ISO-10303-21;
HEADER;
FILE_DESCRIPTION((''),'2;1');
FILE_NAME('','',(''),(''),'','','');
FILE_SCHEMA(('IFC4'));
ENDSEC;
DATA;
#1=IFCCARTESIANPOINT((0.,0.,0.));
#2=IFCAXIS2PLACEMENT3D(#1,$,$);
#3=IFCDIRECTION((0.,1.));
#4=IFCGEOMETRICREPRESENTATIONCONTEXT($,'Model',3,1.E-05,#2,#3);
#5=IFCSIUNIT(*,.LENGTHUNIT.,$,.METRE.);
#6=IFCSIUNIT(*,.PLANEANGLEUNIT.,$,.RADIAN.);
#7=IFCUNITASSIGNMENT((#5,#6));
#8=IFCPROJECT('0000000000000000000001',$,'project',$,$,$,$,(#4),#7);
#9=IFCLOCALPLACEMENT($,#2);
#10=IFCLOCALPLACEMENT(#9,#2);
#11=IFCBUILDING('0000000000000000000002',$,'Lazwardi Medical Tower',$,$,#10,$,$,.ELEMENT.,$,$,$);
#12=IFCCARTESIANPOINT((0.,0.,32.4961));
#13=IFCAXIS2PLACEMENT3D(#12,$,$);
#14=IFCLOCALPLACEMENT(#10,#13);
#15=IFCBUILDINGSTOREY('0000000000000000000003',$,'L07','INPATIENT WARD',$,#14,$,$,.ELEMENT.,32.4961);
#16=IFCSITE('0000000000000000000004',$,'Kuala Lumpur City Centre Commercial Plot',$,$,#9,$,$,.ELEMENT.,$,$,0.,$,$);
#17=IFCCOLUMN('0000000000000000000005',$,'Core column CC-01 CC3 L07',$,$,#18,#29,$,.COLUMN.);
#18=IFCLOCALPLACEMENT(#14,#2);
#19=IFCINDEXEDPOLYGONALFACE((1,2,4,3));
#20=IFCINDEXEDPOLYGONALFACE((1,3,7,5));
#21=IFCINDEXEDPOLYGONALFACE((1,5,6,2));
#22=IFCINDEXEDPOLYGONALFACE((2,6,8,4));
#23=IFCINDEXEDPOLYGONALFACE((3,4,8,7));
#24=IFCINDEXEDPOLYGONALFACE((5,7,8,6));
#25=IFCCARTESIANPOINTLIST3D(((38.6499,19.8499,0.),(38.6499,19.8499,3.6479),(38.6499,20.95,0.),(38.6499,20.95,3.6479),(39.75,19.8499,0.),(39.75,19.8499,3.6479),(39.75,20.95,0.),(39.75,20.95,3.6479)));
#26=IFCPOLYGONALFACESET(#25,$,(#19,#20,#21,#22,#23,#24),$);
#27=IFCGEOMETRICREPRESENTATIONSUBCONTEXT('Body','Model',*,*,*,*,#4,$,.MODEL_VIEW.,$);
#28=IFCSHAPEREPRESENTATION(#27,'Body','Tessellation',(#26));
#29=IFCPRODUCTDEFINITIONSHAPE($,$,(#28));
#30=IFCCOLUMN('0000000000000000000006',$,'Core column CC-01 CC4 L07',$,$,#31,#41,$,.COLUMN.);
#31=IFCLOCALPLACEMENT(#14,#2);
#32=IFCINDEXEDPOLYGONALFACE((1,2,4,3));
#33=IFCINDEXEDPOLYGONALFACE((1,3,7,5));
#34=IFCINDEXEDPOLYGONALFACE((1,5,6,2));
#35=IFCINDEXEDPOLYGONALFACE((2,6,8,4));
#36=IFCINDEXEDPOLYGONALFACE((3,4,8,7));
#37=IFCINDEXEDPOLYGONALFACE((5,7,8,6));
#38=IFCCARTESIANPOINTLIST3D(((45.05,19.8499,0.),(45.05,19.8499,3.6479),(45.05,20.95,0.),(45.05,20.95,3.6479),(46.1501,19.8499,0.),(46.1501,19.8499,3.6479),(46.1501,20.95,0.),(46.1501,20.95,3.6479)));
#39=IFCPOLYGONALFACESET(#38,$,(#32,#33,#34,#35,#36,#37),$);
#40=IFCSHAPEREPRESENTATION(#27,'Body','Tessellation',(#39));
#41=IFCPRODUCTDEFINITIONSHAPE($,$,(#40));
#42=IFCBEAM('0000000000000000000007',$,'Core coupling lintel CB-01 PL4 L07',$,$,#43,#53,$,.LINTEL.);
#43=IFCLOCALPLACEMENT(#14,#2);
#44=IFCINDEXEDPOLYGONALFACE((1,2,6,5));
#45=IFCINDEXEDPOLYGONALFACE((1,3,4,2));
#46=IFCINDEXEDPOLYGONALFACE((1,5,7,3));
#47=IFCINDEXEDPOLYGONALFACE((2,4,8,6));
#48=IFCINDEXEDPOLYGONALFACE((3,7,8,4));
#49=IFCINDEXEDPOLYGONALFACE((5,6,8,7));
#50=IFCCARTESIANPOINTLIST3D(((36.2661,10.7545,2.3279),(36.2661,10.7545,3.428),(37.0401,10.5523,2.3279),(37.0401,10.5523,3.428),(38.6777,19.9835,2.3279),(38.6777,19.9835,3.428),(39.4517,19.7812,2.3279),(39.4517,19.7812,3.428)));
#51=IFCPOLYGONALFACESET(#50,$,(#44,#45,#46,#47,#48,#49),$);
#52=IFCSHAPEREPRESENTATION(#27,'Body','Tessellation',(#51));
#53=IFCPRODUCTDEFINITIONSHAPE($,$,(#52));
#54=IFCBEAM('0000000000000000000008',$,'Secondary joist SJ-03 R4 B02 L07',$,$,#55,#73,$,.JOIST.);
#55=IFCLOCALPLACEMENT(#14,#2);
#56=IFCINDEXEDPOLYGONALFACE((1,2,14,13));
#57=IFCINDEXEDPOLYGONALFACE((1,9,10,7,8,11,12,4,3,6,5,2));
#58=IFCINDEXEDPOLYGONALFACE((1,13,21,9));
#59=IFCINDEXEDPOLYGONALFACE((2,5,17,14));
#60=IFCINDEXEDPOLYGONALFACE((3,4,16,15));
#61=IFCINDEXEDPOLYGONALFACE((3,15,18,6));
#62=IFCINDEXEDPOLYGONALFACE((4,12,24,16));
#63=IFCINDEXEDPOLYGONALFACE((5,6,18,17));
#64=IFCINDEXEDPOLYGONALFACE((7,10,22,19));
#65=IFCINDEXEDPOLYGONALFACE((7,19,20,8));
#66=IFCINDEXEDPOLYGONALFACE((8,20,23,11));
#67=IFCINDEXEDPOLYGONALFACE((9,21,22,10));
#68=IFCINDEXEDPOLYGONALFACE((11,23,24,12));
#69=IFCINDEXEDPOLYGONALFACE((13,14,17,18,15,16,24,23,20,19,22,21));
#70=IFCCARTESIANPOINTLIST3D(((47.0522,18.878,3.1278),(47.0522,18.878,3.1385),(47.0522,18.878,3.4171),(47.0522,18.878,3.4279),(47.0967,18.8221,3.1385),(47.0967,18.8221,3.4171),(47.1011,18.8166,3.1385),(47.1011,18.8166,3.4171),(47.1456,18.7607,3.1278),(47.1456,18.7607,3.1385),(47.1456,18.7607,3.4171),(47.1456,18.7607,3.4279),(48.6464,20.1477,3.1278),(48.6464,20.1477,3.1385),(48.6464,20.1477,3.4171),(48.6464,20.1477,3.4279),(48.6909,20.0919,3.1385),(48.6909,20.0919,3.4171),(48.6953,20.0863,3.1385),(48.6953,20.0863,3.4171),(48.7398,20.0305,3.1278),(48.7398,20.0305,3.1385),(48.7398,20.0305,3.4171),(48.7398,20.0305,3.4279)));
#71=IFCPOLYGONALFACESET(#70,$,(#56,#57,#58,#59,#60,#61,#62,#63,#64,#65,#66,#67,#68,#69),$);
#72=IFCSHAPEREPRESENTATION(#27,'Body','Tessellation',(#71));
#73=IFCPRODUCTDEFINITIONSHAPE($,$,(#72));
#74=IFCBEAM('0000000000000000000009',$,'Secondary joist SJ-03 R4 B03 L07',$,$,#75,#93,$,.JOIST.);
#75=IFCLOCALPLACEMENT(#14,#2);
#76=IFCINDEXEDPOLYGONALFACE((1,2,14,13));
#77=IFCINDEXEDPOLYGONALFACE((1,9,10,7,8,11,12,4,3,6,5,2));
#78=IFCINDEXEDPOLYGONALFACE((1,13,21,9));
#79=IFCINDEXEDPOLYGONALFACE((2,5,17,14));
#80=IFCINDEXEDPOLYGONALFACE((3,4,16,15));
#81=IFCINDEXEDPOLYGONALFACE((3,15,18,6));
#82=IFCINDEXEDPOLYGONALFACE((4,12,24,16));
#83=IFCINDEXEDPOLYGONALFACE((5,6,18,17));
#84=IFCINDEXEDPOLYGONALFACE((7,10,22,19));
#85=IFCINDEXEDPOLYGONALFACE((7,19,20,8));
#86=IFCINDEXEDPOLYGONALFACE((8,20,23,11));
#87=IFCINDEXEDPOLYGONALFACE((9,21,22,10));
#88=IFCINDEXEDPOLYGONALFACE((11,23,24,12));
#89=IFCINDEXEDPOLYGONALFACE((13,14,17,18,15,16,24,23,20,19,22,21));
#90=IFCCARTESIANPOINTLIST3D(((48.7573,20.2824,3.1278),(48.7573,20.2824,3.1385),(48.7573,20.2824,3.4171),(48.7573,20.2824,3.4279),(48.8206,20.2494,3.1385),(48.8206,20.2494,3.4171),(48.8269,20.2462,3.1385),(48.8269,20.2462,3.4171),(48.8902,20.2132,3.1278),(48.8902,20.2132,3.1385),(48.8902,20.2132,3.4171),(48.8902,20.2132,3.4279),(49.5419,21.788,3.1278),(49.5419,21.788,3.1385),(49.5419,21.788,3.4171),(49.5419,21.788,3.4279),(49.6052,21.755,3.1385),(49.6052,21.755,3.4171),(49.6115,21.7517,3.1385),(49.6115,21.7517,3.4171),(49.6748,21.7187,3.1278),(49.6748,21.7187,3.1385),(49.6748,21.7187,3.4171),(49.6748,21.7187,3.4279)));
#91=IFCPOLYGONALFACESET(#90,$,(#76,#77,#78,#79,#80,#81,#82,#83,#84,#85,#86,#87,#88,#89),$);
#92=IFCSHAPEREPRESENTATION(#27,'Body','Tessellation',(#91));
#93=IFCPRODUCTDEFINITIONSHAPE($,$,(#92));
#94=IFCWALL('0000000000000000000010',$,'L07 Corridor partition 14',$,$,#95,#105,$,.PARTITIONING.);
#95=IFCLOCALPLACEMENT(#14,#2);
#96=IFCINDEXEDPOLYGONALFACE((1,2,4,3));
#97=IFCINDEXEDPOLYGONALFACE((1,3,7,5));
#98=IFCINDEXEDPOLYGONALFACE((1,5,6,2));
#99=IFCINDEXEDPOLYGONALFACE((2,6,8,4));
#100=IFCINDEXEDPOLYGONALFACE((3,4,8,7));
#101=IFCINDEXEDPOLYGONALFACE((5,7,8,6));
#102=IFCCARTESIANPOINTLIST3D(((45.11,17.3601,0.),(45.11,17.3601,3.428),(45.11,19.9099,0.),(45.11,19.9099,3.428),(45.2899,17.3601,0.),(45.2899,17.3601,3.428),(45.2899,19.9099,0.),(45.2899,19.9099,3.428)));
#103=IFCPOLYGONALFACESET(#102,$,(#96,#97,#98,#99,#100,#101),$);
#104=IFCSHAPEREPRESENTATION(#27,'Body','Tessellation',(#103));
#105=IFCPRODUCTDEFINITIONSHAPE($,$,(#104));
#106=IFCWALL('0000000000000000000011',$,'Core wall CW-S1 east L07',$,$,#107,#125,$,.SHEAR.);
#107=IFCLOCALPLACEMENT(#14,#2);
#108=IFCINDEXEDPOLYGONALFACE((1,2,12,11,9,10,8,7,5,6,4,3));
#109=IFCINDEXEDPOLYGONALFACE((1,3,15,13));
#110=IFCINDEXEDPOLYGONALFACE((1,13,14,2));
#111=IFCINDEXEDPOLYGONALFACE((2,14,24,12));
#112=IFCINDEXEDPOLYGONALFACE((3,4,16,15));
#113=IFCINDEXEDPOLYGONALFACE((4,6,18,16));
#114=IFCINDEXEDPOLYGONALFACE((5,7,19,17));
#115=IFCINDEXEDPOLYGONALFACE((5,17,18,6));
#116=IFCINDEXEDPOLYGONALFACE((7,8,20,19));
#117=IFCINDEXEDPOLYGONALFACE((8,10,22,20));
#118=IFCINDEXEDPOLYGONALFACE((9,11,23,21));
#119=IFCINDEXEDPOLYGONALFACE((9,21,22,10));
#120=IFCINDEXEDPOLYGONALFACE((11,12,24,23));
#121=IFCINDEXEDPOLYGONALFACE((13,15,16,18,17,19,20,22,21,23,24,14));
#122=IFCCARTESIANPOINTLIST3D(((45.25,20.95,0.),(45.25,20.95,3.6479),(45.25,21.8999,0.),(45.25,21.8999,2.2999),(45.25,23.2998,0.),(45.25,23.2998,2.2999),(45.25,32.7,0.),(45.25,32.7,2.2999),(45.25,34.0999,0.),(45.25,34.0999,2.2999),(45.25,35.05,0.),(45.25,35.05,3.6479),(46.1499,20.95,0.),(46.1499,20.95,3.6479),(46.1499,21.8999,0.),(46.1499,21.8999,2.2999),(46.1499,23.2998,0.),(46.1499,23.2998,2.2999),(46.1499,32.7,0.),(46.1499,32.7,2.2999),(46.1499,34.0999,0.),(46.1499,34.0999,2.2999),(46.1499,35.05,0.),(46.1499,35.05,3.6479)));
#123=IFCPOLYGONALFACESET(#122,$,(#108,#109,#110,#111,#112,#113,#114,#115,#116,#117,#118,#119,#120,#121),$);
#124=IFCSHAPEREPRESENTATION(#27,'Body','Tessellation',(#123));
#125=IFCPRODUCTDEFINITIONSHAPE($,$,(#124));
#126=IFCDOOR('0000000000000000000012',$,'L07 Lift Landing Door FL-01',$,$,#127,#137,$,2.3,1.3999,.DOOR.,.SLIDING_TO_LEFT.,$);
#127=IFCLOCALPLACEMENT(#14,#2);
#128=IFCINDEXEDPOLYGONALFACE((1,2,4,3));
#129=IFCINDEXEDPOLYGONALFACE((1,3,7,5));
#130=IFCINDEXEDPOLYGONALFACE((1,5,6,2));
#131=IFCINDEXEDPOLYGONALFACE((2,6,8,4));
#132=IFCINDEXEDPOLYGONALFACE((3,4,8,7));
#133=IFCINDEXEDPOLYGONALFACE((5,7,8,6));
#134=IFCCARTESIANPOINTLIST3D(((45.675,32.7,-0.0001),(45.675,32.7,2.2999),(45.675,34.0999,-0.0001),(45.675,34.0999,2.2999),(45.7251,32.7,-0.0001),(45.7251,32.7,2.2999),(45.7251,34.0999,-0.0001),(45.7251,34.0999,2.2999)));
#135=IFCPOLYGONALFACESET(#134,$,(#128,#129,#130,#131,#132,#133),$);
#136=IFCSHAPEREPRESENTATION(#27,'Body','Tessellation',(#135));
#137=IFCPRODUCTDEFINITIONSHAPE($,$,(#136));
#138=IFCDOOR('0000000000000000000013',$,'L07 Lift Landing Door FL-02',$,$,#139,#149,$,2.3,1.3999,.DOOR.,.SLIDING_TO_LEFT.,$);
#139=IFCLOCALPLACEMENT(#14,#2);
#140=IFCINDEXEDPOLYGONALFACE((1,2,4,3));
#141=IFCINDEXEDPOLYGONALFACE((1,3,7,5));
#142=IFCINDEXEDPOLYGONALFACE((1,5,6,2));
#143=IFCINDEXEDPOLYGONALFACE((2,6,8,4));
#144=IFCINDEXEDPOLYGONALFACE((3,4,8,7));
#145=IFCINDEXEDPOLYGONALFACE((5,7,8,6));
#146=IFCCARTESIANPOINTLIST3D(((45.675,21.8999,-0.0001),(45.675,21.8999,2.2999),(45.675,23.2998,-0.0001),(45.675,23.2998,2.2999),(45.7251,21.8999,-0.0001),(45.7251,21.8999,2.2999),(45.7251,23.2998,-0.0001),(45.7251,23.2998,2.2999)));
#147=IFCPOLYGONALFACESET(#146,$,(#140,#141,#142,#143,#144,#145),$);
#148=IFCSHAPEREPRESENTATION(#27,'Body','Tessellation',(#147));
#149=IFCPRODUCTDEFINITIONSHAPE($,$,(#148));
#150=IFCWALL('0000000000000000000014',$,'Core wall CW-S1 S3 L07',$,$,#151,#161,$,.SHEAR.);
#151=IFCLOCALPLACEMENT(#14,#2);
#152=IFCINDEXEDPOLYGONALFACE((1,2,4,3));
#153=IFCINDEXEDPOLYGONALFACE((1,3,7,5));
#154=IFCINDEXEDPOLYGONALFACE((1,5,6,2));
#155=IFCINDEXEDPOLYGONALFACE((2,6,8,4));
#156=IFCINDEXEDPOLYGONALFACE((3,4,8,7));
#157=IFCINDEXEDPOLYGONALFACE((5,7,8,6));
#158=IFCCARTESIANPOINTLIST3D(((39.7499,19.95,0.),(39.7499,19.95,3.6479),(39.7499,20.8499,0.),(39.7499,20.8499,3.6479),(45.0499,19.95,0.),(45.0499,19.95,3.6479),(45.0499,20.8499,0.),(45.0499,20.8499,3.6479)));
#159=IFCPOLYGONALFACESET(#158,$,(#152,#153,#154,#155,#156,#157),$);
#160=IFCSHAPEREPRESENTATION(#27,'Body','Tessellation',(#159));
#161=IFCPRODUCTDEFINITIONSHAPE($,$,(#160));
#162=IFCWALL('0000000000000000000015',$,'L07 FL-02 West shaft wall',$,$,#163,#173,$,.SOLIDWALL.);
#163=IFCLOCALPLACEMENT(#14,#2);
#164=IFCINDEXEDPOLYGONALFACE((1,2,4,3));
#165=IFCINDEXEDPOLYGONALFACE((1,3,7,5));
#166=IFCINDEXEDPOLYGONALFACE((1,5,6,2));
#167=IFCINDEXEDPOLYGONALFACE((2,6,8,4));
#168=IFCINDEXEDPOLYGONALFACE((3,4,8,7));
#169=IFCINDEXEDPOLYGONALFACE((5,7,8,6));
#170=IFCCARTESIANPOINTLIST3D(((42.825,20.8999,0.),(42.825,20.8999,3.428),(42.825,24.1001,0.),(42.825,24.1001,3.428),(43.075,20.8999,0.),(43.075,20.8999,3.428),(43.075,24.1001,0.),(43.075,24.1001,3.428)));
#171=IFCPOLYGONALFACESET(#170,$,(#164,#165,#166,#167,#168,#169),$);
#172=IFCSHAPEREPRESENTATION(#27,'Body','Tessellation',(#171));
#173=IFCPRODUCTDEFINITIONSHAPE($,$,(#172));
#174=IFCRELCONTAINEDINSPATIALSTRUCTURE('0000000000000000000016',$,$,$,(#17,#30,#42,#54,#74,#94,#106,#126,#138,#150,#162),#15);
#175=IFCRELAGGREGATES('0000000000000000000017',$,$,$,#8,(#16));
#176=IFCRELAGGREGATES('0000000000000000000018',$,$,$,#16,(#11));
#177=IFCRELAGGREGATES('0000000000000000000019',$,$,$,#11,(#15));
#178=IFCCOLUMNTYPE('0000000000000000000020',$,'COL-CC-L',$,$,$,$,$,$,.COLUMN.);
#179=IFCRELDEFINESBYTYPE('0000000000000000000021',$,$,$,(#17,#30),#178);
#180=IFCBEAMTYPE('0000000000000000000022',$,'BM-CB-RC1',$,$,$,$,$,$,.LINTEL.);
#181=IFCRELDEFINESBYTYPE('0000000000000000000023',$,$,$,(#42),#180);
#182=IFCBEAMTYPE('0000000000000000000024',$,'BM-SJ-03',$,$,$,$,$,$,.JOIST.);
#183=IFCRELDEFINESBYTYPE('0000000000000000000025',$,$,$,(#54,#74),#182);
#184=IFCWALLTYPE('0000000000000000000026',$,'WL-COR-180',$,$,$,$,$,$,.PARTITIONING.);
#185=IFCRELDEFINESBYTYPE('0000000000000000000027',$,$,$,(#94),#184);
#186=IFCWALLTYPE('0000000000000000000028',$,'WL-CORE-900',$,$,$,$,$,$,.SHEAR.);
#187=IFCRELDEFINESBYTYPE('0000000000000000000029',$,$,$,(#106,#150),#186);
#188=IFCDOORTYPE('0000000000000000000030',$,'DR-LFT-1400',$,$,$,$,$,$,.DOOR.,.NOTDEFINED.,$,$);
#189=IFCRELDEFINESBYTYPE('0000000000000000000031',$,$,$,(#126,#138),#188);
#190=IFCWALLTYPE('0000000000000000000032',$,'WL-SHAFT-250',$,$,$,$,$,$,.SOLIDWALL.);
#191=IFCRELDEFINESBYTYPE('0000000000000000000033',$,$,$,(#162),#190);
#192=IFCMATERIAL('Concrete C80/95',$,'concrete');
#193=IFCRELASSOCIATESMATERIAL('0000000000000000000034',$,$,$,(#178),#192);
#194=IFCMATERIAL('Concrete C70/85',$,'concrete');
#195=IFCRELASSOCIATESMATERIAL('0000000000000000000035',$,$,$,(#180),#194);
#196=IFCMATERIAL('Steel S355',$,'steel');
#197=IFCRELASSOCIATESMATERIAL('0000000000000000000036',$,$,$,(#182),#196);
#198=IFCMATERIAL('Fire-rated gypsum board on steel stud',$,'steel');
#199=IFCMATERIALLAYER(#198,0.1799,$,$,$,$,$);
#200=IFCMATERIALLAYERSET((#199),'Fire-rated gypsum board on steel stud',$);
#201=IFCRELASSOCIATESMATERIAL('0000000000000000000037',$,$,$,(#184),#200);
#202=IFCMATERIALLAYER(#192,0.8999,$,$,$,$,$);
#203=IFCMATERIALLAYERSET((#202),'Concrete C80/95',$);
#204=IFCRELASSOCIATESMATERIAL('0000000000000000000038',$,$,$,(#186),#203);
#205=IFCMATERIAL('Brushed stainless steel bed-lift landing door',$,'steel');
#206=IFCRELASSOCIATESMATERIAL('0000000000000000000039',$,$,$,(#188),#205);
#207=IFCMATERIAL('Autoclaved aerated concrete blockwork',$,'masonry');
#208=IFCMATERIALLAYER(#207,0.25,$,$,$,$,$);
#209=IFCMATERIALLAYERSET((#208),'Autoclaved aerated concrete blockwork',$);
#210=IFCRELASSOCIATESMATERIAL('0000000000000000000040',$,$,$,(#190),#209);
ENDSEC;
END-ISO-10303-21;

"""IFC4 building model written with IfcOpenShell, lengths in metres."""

from ifc_helpers import new_model, si_unit, direction, frame, frame_2d, origin, origin_2d, place, context, subcontext, project, spatial, rectangle, i_section, extrude, material, layer, layer_set, material_profile, profile_set, type_object, element, fill, save


model = new_model("IFC4")

# Units and contexts
model_context = context("Model", 3, precision=1e-05, world=origin(), true_north=direction((0.0, 1.0)))
body_context = subcontext(model_context, "Body", "Model", "MODEL_VIEW")
ifc_project = project(units=[si_unit("LENGTHUNIT", "METRE"), si_unit("PLANEANGLEUNIT", "RADIAN")], contexts=[model_context])

# Site, building, storey
site_placement = place(None, origin())
site = spatial("IfcSite", under=ifc_project, at=site_placement, Name="Kuala Lumpur City Centre Commercial Plot", CompositionType="ELEMENT", RefElevation=0.0)
building_placement = place(site_placement, origin())
building = spatial("IfcBuilding", under=site, at=building_placement, Name="Lazwardi Medical Tower", CompositionType="ELEMENT")
storey_placement = place(building_placement, frame((0.0, 0.0, 32.4961)))
storey = spatial("IfcBuildingStorey", under=building, at=storey_placement, Name="L07", Description="INPATIENT WARD", CompositionType="ELEMENT", Elevation=32.4961)

# Columns
ifc_material_1 = material(Name="Concrete C80/95", Category="concrete")
ifc_material_profile_1 = material_profile(ifc_material_1, rectangle(XDim=1.1001, YDim=1.1001, at=origin_2d()), Name="RC 1100x1100")
ifc_profile_set_1 = profile_set([ifc_material_profile_1], Name="Concrete C80/95")
column_type = type_object("IfcColumnType", Name="COL-CC-L", PredefinedType="COLUMN", material=ifc_profile_set_1)
for number, where, z_axis, x_axis, name in (
    (1, (39.2, 20.3999, 0.0), (0.0, 0.0, 1.0), (1.0, 0.0, 0.0), "Core column CC-01 CC3 L07"),
    (2, (45.6001, 20.3999, 0.0), (0.0, 0.0, 1.0), (1.0, 0.0, 0.0), "Core column CC-01 CC4 L07"),
):
    element("IfcColumn", number, at=place(storey_placement, frame(where, z_axis=z_axis, x_axis=x_axis)), inside=storey, type_object=column_type, Name=name, PredefinedType="COLUMN", context=body_context, shape_type="SweptSolid", body=[
        extrude(rectangle(XDim=1.1001, YDim=1.1001, at=origin_2d()), origin(), (0.0, 0.0, 1.0), 3.6479),
    ])

# Beams
ifc_material_2 = material(Name="Concrete C70/85", Category="concrete")
ifc_material_profile_2 = material_profile(ifc_material_2, rectangle(XDim=0.8, YDim=1.1001, at=origin_2d()), Name="RC 800x1100")
ifc_profile_set_2 = profile_set([ifc_material_profile_2], Name="Concrete C70/85")
beam_type_1 = type_object("IfcBeamType", Name="BM-CB-RC1", PredefinedType="LINTEL", material=ifc_profile_set_2)
beam_1_placement = place(storey_placement, frame((39.0647, 19.8823, 2.8779), z_axis=(-0.25282, -0.967513, 0.0), x_axis=(0.967513, -0.25282, 0.0)))
element("IfcBeam", 3, at=beam_1_placement, inside=storey, type_object=beam_type_1, Name="Core coupling lintel CB-01 PL4 L07", PredefinedType="LINTEL", context=body_context, shape_type="SweptSolid", body=[
    extrude(rectangle(XDim=0.8, YDim=1.1001, at=origin_2d()), origin(), (0.0, 0.0, 1.0), 9.5388),
])
ifc_material_3 = material(Name="Steel S355", Category="steel")
ifc_material_profile_3 = material_profile(ifc_material_3, i_section(OverallWidth=0.1499, OverallDepth=0.3, WebThickness=0.0071, FlangeThickness=0.0107, at=origin_2d()), Name="IPE 300")
ifc_profile_set_3 = profile_set([ifc_material_profile_3], Name="Steel S355")
beam_type_2 = type_object("IfcBeamType", Name="BM-SJ-03", PredefinedType="JOIST", material=ifc_profile_set_3)
beam_2_placement = place(storey_placement, frame((47.0989, 18.8193, 3.2778), z_axis=(0.782211, 0.623014, 0.0), x_axis=(-0.623014, 0.782211, 0.0)))
element("IfcBeam", 4, at=beam_2_placement, inside=storey, type_object=beam_type_2, Name="Secondary joist SJ-03 R4 B02 L07", PredefinedType="JOIST", context=body_context, shape_type="SweptSolid", body=[
    extrude(i_section(OverallWidth=0.1499, OverallDepth=0.3, WebThickness=0.0071, FlangeThickness=0.0107, at=origin_2d()), origin(), (0.0, 0.0, 1.0), 2.0381),
])
beam_3_placement = place(storey_placement, frame((48.8237, 20.2478, 3.2778), z_axis=(0.462163, 0.886795, 0.0), x_axis=(-0.886795, 0.462163, 0.0)))
element("IfcBeam", 5, at=beam_3_placement, inside=storey, type_object=beam_type_2, Name="Secondary joist SJ-03 R4 B03 L07", PredefinedType="JOIST", context=body_context, shape_type="SweptSolid", body=[
    extrude(i_section(OverallWidth=0.1499, OverallDepth=0.3, WebThickness=0.0071, FlangeThickness=0.0107, at=origin_2d()), origin(), (0.0, 0.0, 1.0), 1.6978),
])

# Wall
ifc_material_4 = material(Name="Fire-rated gypsum board on steel stud", Category="steel")
ifc_layer_1 = layer(ifc_material_4, 0.1799)
ifc_layer_set_1 = layer_set([ifc_layer_1], Name="Fire-rated gypsum board on steel stud")
wall_type_1 = type_object("IfcWallType", Name="WL-COR-180", PredefinedType="PARTITIONING", material=ifc_layer_set_1)
wall_1_placement = place(storey_placement, frame((45.2, 19.9099, 0.0), z_axis=(0.0, 0.0, 1.0), x_axis=(0.0, -1.0, 0.0)))
element("IfcWall", 6, at=wall_1_placement, inside=storey, type_object=wall_type_1, Name="L07 Corridor partition 14", PredefinedType="PARTITIONING", context=body_context, shape_type="SweptSolid", body=[
    extrude(rectangle(XDim=2.5498, YDim=0.1799, at=frame_2d((1.2749, 0.0))), origin(), (0.0, 0.0, 1.0), 3.428),
])

# Wall, openings, doors
ifc_layer_2 = layer(ifc_material_1, 0.8999)
ifc_layer_set_2 = layer_set([ifc_layer_2], Name="Concrete C80/95")
wall_type_2 = type_object("IfcWallType", Name="WL-CORE-900", PredefinedType="SHEAR", material=ifc_layer_set_2)
wall_2_placement = place(storey_placement, frame((45.7, 20.95, 0.0), z_axis=(0.0, 0.0, 1.0), x_axis=(0.0, 1.0, 0.0)))
wall_2 = element("IfcWall", 7, at=wall_2_placement, inside=storey, type_object=wall_type_2, Name="Core wall CW-S1 east L07", PredefinedType="SHEAR", context=body_context, shape_type="SweptSolid", body=[
    extrude(rectangle(XDim=14.1001, YDim=0.8999, at=frame_2d((7.05, 0.0))), origin(), (0.0, 0.0, 1.0), 3.6479),
])
opening_1_placement = place(wall_2_placement, frame((11.75, 0.0, 0.0)))
opening_1 = element("IfcOpeningElement", 8, at=opening_1_placement, cuts=wall_2, PredefinedType="OPENING", context=body_context, shape_type="SweptSolid", body=[
    extrude(rectangle(XDim=1.3999, YDim=2.3, at=frame_2d((0.7, 1.1499))), frame((0.0, 0.46, 0.0), z_axis=(0.0, -1.0, 0.0), x_axis=(1.0, 0.0, 0.0)), (0.0, 0.0, 1.0), 0.9199),
])
opening_2_placement = place(wall_2_placement, frame((0.95, 0.0, 0.0)))
opening_2 = element("IfcOpeningElement", 9, at=opening_2_placement, cuts=wall_2, PredefinedType="OPENING", context=body_context, shape_type="SweptSolid", body=[
    extrude(rectangle(XDim=1.3999, YDim=2.3, at=frame_2d((0.7, 1.1499))), frame((0.0, 0.46, 0.0), z_axis=(0.0, -1.0, 0.0), x_axis=(1.0, 0.0, 0.0)), (0.0, 0.0, 1.0), 0.9199),
])
ifc_material_5 = material(Name="Brushed stainless steel bed-lift landing door", Category="steel")
door_type = type_object("IfcDoorType", Name="DR-LFT-1400", OperationType="NOTDEFINED", PredefinedType="DOOR", material=ifc_material_5)
door_1_placement = place(opening_1_placement, origin())
door_1 = element("IfcDoor", 10, at=door_1_placement, inside=storey, type_object=door_type, Name="L07 Lift Landing Door FL-01", OperationType="SLIDING_TO_LEFT", OverallHeight=2.3, OverallWidth=1.3999, PredefinedType="DOOR", context=body_context, shape_type="SweptSolid", body=[
    extrude(rectangle(XDim=1.3999, YDim=2.3, at=frame_2d((0.7, 1.1499))), frame((0.0, 0.0249, 0.0), z_axis=(0.0, -1.0, 0.0), x_axis=(1.0, 0.0, 0.0)), (0.0, 0.0, 1.0), 0.05),
])
fill(opening_1, door_1)
door_2_placement = place(opening_2_placement, origin())
door_2 = element("IfcDoor", 11, at=door_2_placement, inside=storey, type_object=door_type, Name="L07 Lift Landing Door FL-02", OperationType="SLIDING_TO_LEFT", OverallHeight=2.3, OverallWidth=1.3999, PredefinedType="DOOR", context=body_context, shape_type="SweptSolid", body=[
    extrude(rectangle(XDim=1.3999, YDim=2.3, at=frame_2d((0.7, 1.1499))), frame((0.0, 0.0249, 0.0), z_axis=(0.0, -1.0, 0.0), x_axis=(1.0, 0.0, 0.0)), (0.0, 0.0, 1.0), 0.05),
])
fill(opening_2, door_2)

# Walls
wall_3_placement = place(storey_placement, frame((39.75, 20.3999, 0.0), z_axis=(0.0, 0.0, 1.0), x_axis=(1.0, 0.0, 0.0)))
element("IfcWall", 12, at=wall_3_placement, inside=storey, type_object=wall_type_2, Name="Core wall CW-S1 S3 L07", PredefinedType="SHEAR", context=body_context, shape_type="SweptSolid", body=[
    extrude(rectangle(XDim=5.3, YDim=0.8999, at=frame_2d((2.6499, 0.0))), origin(), (0.0, 0.0, 1.0), 3.6479),
])
ifc_material_6 = material(Name="Autoclaved aerated concrete blockwork", Category="masonry")
ifc_layer_3 = layer(ifc_material_6, 0.25)
ifc_layer_set_3 = layer_set([ifc_layer_3], Name="Autoclaved aerated concrete blockwork")
wall_type_3 = type_object("IfcWallType", Name="WL-SHAFT-250", PredefinedType="SOLIDWALL", material=ifc_layer_set_3)
wall_4_placement = place(storey_placement, frame((42.95, 20.8999, 0.0), z_axis=(0.0, 0.0, 1.0), x_axis=(0.0, 1.0, 0.0)))
element("IfcWall", 13, at=wall_4_placement, inside=storey, type_object=wall_type_3, Name="L07 FL-02 West shaft wall", PredefinedType="SOLIDWALL", context=body_context, shape_type="SweptSolid", body=[
    extrude(rectangle(XDim=3.2002, YDim=0.25, at=frame_2d((1.6001, 0.0))), origin(), (0.0, 0.0, 1.0), 3.428),
])

save(model, "model.ifc")
